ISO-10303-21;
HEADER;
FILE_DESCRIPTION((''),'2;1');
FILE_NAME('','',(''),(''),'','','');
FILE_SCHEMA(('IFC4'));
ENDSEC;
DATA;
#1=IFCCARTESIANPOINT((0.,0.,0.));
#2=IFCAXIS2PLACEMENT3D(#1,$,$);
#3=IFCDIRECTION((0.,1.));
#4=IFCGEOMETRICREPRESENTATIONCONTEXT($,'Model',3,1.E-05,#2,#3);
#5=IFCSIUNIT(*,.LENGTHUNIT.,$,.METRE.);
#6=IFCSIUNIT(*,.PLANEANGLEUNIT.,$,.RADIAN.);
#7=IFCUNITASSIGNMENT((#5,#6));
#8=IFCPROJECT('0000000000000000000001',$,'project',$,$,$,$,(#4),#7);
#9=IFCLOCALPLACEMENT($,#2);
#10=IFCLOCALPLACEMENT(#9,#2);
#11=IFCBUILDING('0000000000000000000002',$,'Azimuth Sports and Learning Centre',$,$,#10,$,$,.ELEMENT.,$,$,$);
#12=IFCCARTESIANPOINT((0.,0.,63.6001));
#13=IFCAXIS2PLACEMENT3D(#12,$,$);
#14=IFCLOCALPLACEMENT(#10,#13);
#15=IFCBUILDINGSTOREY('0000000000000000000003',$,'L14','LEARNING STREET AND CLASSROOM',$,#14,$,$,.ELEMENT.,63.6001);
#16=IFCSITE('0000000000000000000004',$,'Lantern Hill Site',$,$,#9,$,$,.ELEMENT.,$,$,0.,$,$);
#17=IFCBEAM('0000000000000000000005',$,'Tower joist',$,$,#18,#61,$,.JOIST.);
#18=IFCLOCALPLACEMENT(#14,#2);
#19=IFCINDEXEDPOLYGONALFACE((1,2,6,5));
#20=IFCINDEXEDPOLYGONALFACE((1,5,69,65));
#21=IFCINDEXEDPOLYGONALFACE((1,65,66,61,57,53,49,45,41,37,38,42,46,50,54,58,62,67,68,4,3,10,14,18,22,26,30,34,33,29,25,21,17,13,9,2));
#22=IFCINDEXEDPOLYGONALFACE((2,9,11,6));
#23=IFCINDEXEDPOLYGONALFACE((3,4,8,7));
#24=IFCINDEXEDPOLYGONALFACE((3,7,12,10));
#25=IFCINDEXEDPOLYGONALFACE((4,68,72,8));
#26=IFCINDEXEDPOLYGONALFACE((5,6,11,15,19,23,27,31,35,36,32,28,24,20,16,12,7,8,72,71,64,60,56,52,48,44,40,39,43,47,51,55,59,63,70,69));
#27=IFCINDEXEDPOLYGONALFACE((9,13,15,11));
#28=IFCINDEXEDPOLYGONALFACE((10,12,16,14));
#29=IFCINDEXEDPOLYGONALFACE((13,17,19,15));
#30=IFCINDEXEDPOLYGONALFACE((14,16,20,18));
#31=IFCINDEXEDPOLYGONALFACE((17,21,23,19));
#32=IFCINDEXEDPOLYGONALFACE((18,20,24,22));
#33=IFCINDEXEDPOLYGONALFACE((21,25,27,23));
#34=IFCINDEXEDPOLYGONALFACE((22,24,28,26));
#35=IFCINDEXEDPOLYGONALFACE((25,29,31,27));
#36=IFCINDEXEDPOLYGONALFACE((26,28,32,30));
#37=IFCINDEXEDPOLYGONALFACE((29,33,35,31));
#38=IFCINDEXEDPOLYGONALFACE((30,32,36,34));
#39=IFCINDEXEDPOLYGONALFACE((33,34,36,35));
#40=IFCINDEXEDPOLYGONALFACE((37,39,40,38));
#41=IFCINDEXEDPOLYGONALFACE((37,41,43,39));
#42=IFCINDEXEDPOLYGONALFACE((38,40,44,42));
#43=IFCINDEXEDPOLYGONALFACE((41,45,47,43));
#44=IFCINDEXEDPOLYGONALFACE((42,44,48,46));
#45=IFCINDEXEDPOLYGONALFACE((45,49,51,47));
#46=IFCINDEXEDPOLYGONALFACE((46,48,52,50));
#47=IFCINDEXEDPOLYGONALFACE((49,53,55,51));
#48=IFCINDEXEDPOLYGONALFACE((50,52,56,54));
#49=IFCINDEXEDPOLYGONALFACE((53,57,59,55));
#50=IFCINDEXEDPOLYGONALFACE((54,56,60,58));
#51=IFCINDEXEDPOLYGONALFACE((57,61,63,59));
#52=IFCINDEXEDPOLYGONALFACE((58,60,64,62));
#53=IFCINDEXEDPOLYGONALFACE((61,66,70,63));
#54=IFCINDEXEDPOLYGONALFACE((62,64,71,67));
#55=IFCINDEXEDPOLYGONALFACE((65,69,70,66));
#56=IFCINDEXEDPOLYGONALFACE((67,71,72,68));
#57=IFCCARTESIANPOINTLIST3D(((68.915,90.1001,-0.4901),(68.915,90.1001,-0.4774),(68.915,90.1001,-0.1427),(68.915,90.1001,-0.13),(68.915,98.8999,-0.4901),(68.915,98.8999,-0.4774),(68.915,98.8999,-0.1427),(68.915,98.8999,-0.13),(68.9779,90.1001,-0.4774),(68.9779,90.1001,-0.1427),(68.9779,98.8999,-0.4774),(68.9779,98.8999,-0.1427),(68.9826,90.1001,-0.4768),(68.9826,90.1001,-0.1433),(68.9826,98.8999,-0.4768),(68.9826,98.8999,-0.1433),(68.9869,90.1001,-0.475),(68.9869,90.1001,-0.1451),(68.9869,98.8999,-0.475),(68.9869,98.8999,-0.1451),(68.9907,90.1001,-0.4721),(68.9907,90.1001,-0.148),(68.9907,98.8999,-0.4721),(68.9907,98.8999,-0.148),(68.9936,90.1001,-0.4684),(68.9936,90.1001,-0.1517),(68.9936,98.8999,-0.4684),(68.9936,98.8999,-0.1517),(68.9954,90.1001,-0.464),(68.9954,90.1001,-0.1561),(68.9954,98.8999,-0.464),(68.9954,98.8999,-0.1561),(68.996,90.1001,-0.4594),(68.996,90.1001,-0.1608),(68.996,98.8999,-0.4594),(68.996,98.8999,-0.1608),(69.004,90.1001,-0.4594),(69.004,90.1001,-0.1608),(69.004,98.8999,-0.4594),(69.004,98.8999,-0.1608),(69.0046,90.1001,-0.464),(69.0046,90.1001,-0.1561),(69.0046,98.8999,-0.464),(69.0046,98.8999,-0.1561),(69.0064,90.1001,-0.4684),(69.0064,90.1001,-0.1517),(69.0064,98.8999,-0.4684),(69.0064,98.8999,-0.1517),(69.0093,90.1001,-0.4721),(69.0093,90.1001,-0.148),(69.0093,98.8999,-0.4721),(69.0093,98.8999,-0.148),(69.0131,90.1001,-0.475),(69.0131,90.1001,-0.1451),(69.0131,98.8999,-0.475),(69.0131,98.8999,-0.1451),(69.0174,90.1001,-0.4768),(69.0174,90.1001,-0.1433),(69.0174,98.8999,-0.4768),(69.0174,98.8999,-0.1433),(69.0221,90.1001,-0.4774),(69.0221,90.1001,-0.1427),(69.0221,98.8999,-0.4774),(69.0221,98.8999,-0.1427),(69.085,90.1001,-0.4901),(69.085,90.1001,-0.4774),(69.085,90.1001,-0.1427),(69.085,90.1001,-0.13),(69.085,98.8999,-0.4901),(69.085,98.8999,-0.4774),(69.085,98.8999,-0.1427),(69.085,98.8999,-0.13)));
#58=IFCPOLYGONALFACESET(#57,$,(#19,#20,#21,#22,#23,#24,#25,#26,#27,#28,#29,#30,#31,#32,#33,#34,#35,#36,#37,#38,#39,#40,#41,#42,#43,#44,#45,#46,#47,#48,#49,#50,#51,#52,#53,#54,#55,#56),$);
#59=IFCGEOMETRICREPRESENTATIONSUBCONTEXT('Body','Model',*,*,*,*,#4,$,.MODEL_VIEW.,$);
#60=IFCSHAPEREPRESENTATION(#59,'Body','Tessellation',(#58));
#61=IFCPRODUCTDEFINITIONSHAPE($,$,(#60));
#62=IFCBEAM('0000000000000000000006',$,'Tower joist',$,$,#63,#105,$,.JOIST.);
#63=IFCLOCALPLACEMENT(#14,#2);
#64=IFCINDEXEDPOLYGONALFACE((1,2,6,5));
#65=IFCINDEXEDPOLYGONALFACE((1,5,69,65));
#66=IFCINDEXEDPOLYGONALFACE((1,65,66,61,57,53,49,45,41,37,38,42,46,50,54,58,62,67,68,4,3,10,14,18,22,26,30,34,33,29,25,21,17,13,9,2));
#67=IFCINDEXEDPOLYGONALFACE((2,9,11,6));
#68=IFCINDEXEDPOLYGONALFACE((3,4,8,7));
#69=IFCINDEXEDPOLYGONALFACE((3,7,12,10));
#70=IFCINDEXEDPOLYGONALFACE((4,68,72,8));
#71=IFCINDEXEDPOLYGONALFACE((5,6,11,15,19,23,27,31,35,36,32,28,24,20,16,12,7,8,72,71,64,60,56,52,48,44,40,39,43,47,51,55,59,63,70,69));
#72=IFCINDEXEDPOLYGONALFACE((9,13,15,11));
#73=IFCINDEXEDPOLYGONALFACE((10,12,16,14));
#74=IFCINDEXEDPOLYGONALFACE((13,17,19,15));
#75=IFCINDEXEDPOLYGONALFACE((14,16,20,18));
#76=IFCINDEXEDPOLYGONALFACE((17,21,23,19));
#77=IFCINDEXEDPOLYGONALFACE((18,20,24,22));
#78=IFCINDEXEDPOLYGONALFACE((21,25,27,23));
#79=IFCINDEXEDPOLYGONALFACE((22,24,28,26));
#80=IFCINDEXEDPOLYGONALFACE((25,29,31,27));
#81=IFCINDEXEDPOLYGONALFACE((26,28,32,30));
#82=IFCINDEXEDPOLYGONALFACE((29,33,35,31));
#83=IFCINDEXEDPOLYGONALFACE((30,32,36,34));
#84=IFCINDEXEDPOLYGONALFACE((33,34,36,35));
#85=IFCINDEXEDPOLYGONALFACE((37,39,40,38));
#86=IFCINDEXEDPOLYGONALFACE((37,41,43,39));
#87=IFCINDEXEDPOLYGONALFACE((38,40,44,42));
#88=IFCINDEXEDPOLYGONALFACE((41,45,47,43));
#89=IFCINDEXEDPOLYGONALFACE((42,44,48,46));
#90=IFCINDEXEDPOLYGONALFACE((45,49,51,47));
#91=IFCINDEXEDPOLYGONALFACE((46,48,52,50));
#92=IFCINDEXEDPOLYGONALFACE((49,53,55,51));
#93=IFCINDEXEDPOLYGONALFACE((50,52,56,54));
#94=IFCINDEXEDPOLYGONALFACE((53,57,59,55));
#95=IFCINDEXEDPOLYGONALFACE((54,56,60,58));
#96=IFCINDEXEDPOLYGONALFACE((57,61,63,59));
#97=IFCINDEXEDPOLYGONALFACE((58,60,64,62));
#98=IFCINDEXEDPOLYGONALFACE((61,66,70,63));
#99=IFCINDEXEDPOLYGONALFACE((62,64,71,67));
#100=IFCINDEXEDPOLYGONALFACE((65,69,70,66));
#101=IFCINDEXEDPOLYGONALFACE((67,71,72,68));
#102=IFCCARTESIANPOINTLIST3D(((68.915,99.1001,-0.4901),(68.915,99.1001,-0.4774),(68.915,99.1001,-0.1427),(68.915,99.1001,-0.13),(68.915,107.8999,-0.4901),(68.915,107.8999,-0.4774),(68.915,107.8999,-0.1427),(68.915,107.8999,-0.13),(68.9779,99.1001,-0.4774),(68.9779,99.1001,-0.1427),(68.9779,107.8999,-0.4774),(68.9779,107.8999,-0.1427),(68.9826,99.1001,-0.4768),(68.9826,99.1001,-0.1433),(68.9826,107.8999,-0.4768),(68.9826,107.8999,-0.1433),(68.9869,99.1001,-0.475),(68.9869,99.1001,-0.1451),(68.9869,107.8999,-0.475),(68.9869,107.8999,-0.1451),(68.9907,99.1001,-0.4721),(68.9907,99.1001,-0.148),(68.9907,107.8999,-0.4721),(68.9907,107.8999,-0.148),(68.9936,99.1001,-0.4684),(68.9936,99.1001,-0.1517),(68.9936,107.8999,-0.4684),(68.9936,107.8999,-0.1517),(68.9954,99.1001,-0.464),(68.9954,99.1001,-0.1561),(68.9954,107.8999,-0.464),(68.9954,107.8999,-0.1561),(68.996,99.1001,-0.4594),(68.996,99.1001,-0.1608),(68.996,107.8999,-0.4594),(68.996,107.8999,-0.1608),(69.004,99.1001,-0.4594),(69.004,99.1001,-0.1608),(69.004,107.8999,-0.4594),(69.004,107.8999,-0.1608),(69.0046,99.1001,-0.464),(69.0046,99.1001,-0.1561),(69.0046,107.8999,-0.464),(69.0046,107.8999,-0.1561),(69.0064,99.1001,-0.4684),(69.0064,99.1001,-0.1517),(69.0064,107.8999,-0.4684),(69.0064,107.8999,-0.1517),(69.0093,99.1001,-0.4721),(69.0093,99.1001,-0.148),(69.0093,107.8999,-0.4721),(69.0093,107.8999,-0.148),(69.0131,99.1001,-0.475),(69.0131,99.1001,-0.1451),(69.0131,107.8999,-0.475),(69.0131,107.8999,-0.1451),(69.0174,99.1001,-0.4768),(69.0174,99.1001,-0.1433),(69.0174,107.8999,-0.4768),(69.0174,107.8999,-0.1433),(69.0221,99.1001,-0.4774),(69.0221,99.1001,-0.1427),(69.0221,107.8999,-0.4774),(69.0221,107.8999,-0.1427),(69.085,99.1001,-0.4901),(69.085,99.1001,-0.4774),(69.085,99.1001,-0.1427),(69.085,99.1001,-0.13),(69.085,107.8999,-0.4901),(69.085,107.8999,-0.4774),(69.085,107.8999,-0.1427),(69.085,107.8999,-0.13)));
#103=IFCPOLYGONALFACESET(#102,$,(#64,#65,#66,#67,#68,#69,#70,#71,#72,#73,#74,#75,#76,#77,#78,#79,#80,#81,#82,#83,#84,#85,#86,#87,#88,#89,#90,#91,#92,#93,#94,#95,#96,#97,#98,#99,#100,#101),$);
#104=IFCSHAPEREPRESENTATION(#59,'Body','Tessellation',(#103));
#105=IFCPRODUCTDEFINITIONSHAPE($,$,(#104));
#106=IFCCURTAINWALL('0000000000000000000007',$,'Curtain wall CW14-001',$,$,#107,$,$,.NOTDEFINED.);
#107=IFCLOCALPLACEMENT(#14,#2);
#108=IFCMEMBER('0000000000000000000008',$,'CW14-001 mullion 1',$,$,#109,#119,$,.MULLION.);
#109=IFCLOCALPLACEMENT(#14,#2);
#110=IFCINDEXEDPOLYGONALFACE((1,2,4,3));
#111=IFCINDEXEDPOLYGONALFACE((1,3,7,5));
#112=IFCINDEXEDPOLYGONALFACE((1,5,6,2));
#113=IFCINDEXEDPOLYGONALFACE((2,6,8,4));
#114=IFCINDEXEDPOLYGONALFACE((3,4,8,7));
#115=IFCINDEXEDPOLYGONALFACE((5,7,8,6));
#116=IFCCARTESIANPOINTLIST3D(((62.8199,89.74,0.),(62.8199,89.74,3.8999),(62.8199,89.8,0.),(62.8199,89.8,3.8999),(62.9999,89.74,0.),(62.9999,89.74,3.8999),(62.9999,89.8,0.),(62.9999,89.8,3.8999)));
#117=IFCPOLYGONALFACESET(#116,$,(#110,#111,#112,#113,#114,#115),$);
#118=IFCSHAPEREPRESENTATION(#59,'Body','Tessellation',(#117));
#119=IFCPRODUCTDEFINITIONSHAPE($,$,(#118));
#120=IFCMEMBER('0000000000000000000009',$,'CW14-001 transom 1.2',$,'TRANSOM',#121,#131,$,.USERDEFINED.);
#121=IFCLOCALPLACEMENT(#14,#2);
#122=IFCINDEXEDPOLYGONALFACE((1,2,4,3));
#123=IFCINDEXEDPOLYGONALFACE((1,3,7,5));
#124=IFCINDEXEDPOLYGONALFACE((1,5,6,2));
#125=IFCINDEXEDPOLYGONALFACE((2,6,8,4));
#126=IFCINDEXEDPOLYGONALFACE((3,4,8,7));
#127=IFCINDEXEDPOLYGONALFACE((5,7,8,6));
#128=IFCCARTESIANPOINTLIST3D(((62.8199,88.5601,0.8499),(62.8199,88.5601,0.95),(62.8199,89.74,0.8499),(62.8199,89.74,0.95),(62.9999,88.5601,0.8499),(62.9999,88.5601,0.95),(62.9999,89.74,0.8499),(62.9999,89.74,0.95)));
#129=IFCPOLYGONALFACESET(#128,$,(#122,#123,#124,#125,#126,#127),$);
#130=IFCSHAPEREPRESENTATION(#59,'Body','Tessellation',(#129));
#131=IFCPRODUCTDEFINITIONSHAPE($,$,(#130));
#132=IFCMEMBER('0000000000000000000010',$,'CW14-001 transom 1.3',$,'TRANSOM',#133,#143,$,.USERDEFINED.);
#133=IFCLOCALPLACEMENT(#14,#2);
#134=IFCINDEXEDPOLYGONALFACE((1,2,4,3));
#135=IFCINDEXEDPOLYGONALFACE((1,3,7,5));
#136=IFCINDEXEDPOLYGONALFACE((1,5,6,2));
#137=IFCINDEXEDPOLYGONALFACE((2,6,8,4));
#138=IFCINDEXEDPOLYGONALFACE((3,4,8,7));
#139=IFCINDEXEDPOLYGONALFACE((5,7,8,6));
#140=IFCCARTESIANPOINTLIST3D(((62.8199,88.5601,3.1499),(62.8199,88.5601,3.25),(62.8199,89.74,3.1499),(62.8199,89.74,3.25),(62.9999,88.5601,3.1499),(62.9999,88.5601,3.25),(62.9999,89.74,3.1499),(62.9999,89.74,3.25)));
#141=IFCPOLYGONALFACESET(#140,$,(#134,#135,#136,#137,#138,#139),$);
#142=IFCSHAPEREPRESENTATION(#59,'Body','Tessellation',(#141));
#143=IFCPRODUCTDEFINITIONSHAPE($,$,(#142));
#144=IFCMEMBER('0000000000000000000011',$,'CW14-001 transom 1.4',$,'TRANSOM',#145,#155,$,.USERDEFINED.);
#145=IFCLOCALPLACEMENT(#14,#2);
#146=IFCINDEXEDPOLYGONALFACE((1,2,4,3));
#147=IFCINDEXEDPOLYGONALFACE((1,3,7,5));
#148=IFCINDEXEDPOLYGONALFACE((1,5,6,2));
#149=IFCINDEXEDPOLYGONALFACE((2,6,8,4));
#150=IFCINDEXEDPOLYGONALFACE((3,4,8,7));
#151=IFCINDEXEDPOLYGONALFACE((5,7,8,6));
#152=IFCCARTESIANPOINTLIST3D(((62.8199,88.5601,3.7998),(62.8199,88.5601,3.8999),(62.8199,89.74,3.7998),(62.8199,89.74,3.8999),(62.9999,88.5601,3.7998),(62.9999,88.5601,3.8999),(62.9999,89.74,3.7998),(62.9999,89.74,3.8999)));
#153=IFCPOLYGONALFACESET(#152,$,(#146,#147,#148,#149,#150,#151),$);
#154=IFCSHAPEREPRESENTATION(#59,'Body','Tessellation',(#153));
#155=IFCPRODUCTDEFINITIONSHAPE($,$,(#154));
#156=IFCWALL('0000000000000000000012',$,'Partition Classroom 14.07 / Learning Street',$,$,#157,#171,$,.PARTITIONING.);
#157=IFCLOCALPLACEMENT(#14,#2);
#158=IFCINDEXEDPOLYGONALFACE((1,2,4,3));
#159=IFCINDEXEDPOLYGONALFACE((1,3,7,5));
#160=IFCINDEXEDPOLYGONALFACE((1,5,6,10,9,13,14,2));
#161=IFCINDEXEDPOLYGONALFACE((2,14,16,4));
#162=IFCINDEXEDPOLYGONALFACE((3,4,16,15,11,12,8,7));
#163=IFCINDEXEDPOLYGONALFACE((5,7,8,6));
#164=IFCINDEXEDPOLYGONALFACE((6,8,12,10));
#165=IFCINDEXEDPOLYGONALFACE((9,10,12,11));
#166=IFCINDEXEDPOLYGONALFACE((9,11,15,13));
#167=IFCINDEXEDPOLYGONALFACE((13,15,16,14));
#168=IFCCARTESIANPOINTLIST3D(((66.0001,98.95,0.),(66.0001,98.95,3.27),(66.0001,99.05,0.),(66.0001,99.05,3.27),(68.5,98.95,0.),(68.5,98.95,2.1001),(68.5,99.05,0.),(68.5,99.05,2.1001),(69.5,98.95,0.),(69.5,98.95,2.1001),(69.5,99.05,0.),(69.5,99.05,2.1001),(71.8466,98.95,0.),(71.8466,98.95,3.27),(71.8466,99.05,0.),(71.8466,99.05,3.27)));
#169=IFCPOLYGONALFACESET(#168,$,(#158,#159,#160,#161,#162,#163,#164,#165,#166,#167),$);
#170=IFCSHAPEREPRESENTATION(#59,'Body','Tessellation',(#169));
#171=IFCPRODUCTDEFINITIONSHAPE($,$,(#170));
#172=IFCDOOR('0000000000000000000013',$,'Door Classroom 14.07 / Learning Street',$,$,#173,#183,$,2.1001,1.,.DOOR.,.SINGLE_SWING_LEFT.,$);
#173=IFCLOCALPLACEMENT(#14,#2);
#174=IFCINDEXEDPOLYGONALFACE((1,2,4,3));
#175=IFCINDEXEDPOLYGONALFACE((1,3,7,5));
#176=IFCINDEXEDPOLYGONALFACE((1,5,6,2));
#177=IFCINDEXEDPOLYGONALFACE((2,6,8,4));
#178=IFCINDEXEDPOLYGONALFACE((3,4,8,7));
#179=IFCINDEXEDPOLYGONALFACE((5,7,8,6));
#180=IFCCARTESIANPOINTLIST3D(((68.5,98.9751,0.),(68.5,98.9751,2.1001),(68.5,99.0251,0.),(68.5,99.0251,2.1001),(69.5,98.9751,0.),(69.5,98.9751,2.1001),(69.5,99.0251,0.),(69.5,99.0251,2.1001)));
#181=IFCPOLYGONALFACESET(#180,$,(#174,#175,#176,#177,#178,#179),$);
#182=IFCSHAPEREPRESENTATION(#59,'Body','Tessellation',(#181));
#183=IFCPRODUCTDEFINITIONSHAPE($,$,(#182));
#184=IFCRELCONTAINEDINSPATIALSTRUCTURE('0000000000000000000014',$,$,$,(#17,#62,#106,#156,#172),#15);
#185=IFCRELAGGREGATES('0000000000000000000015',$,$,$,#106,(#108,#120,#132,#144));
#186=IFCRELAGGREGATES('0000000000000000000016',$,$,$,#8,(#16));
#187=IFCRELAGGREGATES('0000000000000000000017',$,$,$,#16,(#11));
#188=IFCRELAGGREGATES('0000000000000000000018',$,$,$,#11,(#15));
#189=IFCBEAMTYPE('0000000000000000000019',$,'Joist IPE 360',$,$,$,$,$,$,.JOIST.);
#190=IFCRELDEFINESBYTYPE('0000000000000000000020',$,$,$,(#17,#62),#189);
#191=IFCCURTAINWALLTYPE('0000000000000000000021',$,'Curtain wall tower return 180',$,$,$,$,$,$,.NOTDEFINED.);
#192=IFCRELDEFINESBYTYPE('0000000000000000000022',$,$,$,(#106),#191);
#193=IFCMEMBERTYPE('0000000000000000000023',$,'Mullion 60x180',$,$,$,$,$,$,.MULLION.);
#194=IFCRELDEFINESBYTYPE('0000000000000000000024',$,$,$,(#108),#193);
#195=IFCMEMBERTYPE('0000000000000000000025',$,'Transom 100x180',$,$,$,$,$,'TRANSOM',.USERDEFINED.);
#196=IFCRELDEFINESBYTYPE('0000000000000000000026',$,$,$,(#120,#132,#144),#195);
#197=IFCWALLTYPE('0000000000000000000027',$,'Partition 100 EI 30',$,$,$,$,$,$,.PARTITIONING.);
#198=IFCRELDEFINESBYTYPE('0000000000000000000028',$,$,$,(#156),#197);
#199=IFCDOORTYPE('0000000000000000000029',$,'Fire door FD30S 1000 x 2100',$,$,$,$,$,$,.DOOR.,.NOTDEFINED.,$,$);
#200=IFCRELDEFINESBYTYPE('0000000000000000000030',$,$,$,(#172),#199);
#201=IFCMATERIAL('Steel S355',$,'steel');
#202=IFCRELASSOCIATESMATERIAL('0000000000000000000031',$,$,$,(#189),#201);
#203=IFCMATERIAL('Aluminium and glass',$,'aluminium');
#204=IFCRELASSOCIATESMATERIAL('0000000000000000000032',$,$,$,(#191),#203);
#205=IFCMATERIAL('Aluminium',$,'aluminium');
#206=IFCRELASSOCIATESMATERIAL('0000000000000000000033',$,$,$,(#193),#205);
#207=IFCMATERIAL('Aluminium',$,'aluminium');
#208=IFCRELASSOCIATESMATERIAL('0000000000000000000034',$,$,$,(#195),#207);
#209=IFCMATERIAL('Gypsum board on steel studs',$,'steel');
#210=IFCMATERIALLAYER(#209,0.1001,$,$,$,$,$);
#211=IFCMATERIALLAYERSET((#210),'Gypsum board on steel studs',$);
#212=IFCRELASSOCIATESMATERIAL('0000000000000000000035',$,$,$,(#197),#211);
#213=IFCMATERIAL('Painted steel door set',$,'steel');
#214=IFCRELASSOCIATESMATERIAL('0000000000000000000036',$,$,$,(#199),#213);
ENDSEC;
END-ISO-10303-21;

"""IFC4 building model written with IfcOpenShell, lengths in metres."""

from ifc_helpers import new_model, si_unit, direction, frame, frame_2d, origin, origin_2d, place, context, subcontext, project, spatial, rectangle, i_section, extrude, material, layer, layer_set, material_profile, profile_set, type_object, element, fill, aggregate, save


model = new_model("IFC4")

# Units and contexts
model_context = context("Model", 3, precision=1e-05, world=origin(), true_north=direction((0.0, 1.0)))
body_context = subcontext(model_context, "Body", "Model", "MODEL_VIEW")
ifc_project = project(units=[si_unit("LENGTHUNIT", "METRE"), si_unit("PLANEANGLEUNIT", "RADIAN")], contexts=[model_context])

# Site, building, storey
site_placement = place(None, origin())
site = spatial("IfcSite", under=ifc_project, at=site_placement, Name="Lantern Hill Site", CompositionType="ELEMENT", RefElevation=0.0)
building_placement = place(site_placement, origin())
building = spatial("IfcBuilding", under=site, at=building_placement, Name="Azimuth Sports and Learning Centre", CompositionType="ELEMENT")
storey_placement = place(building_placement, frame((0.0, 0.0, 63.6001)))
storey = spatial("IfcBuildingStorey", under=building, at=storey_placement, Name="L14", Description="LEARNING STREET AND CLASSROOM", CompositionType="ELEMENT", Elevation=63.6001)

# Beams
ifc_material_1 = material(Name="Steel S355", Category="steel")
ifc_material_profile_1 = material_profile(ifc_material_1, i_section(OverallWidth=0.1699, OverallDepth=0.3601, WebThickness=0.0081, FlangeThickness=0.0127, FilletRadius=0.0181, at=origin_2d()), Name="IPE 360")
ifc_profile_set_1 = profile_set([ifc_material_profile_1], Name="Steel S355")
beam_type_1 = type_object("IfcBeamType", Name="Joist IPE 360", PredefinedType="JOIST", material=ifc_profile_set_1)
for number, where, z_axis, x_axis, name in (
    (1, (69.0, 90.1001, -0.3101), (0.0, 1.0, 0.0), (-1.0, 0.0, 0.0), "Tower joist"),
    (2, (69.0, 99.1001, -0.3101), (0.0, 1.0, 0.0), (-1.0, 0.0, 0.0), "Tower joist"),
):
    element("IfcBeam", number, at=place(storey_placement, frame(where, z_axis=z_axis, x_axis=x_axis)), inside=storey, type_object=beam_type_1, Name=name, PredefinedType="JOIST", context=body_context, shape_type="SweptSolid", body=[
        extrude(i_section(OverallWidth=0.1699, OverallDepth=0.3601, WebThickness=0.0081, FlangeThickness=0.0127, FilletRadius=0.0181, at=origin_2d()), origin(), (0.0, 0.0, 1.0), 8.7998),
    ])

# Curtain wall, members
ifc_material_2 = material(Name="Aluminium and glass", Category="aluminium")
curtain_wall_type = type_object("IfcCurtainWallType", Name="Curtain wall tower return 180", PredefinedType="NOTDEFINED", material=ifc_material_2)
curtain_wall_placement = place(storey_placement, origin())
curtain_wall = element("IfcCurtainWall", 3, at=curtain_wall_placement, inside=storey, type_object=curtain_wall_type, Name="Curtain wall CW14-001", PredefinedType="NOTDEFINED")
ifc_material_3 = material(Name="Aluminium", Category="aluminium")
ifc_material_profile_2 = material_profile(ifc_material_3, rectangle(XDim=0.1799, YDim=0.0601, at=origin_2d()), Name="Mullion 60x180")
ifc_profile_set_2 = profile_set([ifc_material_profile_2], Name="Aluminium")
member_type_1 = type_object("IfcMemberType", Name="Mullion 60x180", PredefinedType="MULLION", material=ifc_profile_set_2)
member_1_placement = place(storey_placement, frame((62.9099, 89.77, 0.0), z_axis=(0.0, 0.0, 1.0), x_axis=(1.0, 0.0, 0.0)))
member_1 = element("IfcMember", 4, at=member_1_placement, type_object=member_type_1, Name="CW14-001 mullion 1", PredefinedType="MULLION", context=body_context, shape_type="SweptSolid", body=[
    extrude(rectangle(XDim=0.1799, YDim=0.0601, at=origin_2d()), origin(), (0.0, 0.0, 1.0), 3.8999),
])
ifc_material_4 = material(Name="Aluminium", Category="aluminium")
ifc_material_profile_3 = material_profile(ifc_material_4, rectangle(XDim=0.1799, YDim=0.1001, at=origin_2d()), Name="Transom 100x180")
ifc_profile_set_3 = profile_set([ifc_material_profile_3], Name="Aluminium")
member_type_2 = type_object("IfcMemberType", Name="Transom 100x180", ElementType="TRANSOM", PredefinedType="USERDEFINED", material=ifc_profile_set_3)
member_2_placement = place(storey_placement, frame((62.9099, 89.74, 0.8999), z_axis=(0.0, -1.0, 0.0), x_axis=(1.0, 0.0, 0.0)))
member_2 = element("IfcMember", 5, at=member_2_placement, type_object=member_type_2, Name="CW14-001 transom 1.2", ObjectType="TRANSOM", PredefinedType="USERDEFINED", context=body_context, shape_type="SweptSolid", body=[
    extrude(rectangle(XDim=0.1799, YDim=0.1001, at=origin_2d()), origin(), (0.0, 0.0, 1.0), 1.1799),
])
member_3_placement = place(storey_placement, frame((62.9099, 89.74, 3.2), z_axis=(0.0, -1.0, 0.0), x_axis=(1.0, 0.0, 0.0)))
member_3 = element("IfcMember", 6, at=member_3_placement, type_object=member_type_2, Name="CW14-001 transom 1.3", ObjectType="TRANSOM", PredefinedType="USERDEFINED", context=body_context, shape_type="SweptSolid", body=[
    extrude(rectangle(XDim=0.1799, YDim=0.1001, at=origin_2d()), origin(), (0.0, 0.0, 1.0), 1.1799),
])
member_4_placement = place(storey_placement, frame((62.9099, 89.74, 3.8499), z_axis=(0.0, -1.0, 0.0), x_axis=(1.0, 0.0, 0.0)))
member_4 = element("IfcMember", 7, at=member_4_placement, type_object=member_type_2, Name="CW14-001 transom 1.4", ObjectType="TRANSOM", PredefinedType="USERDEFINED", context=body_context, shape_type="SweptSolid", body=[
    extrude(rectangle(XDim=0.1799, YDim=0.1001, at=origin_2d()), origin(), (0.0, 0.0, 1.0), 1.1799),
])
aggregate(curtain_wall, [member_1, member_2, member_3, member_4])

# Wall, opening, door
ifc_material_5 = material(Name="Gypsum board on steel studs", Category="steel")
ifc_layer_1 = layer(ifc_material_5, 0.1001)
ifc_layer_set_1 = layer_set([ifc_layer_1], Name="Gypsum board on steel studs")
wall_type_1 = type_object("IfcWallType", Name="Partition 100 EI 30", PredefinedType="PARTITIONING", material=ifc_layer_set_1)
wall_1_placement = place(storey_placement, frame((66.0, 99.0, 0.0), z_axis=(0.0, 0.0, 1.0), x_axis=(1.0, 0.0, 0.0)))
wall_1 = element("IfcWall", 8, at=wall_1_placement, inside=storey, type_object=wall_type_1, Name="Partition Classroom 14.07 / Learning Street", PredefinedType="PARTITIONING", context=body_context, shape_type="SweptSolid", body=[
    extrude(rectangle(XDim=5.8464, YDim=0.1001, at=frame_2d((2.9233, 0.0))), origin(), (0.0, 0.0, 1.0), 3.27),
])
opening_1_placement = place(wall_1_placement, frame((2.5, 0.0, 0.0)))
opening_1 = element("IfcOpeningElement", 9, at=opening_1_placement, cuts=wall_1, PredefinedType="OPENING", context=body_context, shape_type="SweptSolid", body=[
    extrude(rectangle(XDim=1.0, YDim=2.1001, at=frame_2d((0.5, 1.05))), frame((0.0, 0.061, 0.0), z_axis=(0.0, -1.0, 0.0), x_axis=(1.0, 0.0, 0.0)), (0.0, 0.0, 1.0), 0.1221),
])
ifc_material_6 = material(Name="Painted steel door set", Category="steel")
door_type_1 = type_object("IfcDoorType", Name="Fire door FD30S 1000 x 2100", OperationType="NOTDEFINED", PredefinedType="DOOR", material=ifc_material_6)
door_1_placement = place(opening_1_placement, frame((1.0, 0.0, 0.0), z_axis=(0.0, 0.0, 1.0), x_axis=(-1.0, 0.0, 0.0)))
door_1 = element("IfcDoor", 10, at=door_1_placement, inside=storey, type_object=door_type_1, Name="Door Classroom 14.07 / Learning Street", OperationType="SINGLE_SWING_LEFT", OverallHeight=2.1001, OverallWidth=1.0, PredefinedType="DOOR", context=body_context, shape_type="SweptSolid", body=[
    extrude(rectangle(XDim=1.0, YDim=2.1001, at=frame_2d((0.5, 1.05))), frame((0.0, 0.0249, 0.0), z_axis=(0.0, -1.0, 0.0), x_axis=(1.0, 0.0, 0.0)), (0.0, 0.0, 1.0), 0.05),
])
fill(opening_1, door_1)

save(model, "model.ifc")
